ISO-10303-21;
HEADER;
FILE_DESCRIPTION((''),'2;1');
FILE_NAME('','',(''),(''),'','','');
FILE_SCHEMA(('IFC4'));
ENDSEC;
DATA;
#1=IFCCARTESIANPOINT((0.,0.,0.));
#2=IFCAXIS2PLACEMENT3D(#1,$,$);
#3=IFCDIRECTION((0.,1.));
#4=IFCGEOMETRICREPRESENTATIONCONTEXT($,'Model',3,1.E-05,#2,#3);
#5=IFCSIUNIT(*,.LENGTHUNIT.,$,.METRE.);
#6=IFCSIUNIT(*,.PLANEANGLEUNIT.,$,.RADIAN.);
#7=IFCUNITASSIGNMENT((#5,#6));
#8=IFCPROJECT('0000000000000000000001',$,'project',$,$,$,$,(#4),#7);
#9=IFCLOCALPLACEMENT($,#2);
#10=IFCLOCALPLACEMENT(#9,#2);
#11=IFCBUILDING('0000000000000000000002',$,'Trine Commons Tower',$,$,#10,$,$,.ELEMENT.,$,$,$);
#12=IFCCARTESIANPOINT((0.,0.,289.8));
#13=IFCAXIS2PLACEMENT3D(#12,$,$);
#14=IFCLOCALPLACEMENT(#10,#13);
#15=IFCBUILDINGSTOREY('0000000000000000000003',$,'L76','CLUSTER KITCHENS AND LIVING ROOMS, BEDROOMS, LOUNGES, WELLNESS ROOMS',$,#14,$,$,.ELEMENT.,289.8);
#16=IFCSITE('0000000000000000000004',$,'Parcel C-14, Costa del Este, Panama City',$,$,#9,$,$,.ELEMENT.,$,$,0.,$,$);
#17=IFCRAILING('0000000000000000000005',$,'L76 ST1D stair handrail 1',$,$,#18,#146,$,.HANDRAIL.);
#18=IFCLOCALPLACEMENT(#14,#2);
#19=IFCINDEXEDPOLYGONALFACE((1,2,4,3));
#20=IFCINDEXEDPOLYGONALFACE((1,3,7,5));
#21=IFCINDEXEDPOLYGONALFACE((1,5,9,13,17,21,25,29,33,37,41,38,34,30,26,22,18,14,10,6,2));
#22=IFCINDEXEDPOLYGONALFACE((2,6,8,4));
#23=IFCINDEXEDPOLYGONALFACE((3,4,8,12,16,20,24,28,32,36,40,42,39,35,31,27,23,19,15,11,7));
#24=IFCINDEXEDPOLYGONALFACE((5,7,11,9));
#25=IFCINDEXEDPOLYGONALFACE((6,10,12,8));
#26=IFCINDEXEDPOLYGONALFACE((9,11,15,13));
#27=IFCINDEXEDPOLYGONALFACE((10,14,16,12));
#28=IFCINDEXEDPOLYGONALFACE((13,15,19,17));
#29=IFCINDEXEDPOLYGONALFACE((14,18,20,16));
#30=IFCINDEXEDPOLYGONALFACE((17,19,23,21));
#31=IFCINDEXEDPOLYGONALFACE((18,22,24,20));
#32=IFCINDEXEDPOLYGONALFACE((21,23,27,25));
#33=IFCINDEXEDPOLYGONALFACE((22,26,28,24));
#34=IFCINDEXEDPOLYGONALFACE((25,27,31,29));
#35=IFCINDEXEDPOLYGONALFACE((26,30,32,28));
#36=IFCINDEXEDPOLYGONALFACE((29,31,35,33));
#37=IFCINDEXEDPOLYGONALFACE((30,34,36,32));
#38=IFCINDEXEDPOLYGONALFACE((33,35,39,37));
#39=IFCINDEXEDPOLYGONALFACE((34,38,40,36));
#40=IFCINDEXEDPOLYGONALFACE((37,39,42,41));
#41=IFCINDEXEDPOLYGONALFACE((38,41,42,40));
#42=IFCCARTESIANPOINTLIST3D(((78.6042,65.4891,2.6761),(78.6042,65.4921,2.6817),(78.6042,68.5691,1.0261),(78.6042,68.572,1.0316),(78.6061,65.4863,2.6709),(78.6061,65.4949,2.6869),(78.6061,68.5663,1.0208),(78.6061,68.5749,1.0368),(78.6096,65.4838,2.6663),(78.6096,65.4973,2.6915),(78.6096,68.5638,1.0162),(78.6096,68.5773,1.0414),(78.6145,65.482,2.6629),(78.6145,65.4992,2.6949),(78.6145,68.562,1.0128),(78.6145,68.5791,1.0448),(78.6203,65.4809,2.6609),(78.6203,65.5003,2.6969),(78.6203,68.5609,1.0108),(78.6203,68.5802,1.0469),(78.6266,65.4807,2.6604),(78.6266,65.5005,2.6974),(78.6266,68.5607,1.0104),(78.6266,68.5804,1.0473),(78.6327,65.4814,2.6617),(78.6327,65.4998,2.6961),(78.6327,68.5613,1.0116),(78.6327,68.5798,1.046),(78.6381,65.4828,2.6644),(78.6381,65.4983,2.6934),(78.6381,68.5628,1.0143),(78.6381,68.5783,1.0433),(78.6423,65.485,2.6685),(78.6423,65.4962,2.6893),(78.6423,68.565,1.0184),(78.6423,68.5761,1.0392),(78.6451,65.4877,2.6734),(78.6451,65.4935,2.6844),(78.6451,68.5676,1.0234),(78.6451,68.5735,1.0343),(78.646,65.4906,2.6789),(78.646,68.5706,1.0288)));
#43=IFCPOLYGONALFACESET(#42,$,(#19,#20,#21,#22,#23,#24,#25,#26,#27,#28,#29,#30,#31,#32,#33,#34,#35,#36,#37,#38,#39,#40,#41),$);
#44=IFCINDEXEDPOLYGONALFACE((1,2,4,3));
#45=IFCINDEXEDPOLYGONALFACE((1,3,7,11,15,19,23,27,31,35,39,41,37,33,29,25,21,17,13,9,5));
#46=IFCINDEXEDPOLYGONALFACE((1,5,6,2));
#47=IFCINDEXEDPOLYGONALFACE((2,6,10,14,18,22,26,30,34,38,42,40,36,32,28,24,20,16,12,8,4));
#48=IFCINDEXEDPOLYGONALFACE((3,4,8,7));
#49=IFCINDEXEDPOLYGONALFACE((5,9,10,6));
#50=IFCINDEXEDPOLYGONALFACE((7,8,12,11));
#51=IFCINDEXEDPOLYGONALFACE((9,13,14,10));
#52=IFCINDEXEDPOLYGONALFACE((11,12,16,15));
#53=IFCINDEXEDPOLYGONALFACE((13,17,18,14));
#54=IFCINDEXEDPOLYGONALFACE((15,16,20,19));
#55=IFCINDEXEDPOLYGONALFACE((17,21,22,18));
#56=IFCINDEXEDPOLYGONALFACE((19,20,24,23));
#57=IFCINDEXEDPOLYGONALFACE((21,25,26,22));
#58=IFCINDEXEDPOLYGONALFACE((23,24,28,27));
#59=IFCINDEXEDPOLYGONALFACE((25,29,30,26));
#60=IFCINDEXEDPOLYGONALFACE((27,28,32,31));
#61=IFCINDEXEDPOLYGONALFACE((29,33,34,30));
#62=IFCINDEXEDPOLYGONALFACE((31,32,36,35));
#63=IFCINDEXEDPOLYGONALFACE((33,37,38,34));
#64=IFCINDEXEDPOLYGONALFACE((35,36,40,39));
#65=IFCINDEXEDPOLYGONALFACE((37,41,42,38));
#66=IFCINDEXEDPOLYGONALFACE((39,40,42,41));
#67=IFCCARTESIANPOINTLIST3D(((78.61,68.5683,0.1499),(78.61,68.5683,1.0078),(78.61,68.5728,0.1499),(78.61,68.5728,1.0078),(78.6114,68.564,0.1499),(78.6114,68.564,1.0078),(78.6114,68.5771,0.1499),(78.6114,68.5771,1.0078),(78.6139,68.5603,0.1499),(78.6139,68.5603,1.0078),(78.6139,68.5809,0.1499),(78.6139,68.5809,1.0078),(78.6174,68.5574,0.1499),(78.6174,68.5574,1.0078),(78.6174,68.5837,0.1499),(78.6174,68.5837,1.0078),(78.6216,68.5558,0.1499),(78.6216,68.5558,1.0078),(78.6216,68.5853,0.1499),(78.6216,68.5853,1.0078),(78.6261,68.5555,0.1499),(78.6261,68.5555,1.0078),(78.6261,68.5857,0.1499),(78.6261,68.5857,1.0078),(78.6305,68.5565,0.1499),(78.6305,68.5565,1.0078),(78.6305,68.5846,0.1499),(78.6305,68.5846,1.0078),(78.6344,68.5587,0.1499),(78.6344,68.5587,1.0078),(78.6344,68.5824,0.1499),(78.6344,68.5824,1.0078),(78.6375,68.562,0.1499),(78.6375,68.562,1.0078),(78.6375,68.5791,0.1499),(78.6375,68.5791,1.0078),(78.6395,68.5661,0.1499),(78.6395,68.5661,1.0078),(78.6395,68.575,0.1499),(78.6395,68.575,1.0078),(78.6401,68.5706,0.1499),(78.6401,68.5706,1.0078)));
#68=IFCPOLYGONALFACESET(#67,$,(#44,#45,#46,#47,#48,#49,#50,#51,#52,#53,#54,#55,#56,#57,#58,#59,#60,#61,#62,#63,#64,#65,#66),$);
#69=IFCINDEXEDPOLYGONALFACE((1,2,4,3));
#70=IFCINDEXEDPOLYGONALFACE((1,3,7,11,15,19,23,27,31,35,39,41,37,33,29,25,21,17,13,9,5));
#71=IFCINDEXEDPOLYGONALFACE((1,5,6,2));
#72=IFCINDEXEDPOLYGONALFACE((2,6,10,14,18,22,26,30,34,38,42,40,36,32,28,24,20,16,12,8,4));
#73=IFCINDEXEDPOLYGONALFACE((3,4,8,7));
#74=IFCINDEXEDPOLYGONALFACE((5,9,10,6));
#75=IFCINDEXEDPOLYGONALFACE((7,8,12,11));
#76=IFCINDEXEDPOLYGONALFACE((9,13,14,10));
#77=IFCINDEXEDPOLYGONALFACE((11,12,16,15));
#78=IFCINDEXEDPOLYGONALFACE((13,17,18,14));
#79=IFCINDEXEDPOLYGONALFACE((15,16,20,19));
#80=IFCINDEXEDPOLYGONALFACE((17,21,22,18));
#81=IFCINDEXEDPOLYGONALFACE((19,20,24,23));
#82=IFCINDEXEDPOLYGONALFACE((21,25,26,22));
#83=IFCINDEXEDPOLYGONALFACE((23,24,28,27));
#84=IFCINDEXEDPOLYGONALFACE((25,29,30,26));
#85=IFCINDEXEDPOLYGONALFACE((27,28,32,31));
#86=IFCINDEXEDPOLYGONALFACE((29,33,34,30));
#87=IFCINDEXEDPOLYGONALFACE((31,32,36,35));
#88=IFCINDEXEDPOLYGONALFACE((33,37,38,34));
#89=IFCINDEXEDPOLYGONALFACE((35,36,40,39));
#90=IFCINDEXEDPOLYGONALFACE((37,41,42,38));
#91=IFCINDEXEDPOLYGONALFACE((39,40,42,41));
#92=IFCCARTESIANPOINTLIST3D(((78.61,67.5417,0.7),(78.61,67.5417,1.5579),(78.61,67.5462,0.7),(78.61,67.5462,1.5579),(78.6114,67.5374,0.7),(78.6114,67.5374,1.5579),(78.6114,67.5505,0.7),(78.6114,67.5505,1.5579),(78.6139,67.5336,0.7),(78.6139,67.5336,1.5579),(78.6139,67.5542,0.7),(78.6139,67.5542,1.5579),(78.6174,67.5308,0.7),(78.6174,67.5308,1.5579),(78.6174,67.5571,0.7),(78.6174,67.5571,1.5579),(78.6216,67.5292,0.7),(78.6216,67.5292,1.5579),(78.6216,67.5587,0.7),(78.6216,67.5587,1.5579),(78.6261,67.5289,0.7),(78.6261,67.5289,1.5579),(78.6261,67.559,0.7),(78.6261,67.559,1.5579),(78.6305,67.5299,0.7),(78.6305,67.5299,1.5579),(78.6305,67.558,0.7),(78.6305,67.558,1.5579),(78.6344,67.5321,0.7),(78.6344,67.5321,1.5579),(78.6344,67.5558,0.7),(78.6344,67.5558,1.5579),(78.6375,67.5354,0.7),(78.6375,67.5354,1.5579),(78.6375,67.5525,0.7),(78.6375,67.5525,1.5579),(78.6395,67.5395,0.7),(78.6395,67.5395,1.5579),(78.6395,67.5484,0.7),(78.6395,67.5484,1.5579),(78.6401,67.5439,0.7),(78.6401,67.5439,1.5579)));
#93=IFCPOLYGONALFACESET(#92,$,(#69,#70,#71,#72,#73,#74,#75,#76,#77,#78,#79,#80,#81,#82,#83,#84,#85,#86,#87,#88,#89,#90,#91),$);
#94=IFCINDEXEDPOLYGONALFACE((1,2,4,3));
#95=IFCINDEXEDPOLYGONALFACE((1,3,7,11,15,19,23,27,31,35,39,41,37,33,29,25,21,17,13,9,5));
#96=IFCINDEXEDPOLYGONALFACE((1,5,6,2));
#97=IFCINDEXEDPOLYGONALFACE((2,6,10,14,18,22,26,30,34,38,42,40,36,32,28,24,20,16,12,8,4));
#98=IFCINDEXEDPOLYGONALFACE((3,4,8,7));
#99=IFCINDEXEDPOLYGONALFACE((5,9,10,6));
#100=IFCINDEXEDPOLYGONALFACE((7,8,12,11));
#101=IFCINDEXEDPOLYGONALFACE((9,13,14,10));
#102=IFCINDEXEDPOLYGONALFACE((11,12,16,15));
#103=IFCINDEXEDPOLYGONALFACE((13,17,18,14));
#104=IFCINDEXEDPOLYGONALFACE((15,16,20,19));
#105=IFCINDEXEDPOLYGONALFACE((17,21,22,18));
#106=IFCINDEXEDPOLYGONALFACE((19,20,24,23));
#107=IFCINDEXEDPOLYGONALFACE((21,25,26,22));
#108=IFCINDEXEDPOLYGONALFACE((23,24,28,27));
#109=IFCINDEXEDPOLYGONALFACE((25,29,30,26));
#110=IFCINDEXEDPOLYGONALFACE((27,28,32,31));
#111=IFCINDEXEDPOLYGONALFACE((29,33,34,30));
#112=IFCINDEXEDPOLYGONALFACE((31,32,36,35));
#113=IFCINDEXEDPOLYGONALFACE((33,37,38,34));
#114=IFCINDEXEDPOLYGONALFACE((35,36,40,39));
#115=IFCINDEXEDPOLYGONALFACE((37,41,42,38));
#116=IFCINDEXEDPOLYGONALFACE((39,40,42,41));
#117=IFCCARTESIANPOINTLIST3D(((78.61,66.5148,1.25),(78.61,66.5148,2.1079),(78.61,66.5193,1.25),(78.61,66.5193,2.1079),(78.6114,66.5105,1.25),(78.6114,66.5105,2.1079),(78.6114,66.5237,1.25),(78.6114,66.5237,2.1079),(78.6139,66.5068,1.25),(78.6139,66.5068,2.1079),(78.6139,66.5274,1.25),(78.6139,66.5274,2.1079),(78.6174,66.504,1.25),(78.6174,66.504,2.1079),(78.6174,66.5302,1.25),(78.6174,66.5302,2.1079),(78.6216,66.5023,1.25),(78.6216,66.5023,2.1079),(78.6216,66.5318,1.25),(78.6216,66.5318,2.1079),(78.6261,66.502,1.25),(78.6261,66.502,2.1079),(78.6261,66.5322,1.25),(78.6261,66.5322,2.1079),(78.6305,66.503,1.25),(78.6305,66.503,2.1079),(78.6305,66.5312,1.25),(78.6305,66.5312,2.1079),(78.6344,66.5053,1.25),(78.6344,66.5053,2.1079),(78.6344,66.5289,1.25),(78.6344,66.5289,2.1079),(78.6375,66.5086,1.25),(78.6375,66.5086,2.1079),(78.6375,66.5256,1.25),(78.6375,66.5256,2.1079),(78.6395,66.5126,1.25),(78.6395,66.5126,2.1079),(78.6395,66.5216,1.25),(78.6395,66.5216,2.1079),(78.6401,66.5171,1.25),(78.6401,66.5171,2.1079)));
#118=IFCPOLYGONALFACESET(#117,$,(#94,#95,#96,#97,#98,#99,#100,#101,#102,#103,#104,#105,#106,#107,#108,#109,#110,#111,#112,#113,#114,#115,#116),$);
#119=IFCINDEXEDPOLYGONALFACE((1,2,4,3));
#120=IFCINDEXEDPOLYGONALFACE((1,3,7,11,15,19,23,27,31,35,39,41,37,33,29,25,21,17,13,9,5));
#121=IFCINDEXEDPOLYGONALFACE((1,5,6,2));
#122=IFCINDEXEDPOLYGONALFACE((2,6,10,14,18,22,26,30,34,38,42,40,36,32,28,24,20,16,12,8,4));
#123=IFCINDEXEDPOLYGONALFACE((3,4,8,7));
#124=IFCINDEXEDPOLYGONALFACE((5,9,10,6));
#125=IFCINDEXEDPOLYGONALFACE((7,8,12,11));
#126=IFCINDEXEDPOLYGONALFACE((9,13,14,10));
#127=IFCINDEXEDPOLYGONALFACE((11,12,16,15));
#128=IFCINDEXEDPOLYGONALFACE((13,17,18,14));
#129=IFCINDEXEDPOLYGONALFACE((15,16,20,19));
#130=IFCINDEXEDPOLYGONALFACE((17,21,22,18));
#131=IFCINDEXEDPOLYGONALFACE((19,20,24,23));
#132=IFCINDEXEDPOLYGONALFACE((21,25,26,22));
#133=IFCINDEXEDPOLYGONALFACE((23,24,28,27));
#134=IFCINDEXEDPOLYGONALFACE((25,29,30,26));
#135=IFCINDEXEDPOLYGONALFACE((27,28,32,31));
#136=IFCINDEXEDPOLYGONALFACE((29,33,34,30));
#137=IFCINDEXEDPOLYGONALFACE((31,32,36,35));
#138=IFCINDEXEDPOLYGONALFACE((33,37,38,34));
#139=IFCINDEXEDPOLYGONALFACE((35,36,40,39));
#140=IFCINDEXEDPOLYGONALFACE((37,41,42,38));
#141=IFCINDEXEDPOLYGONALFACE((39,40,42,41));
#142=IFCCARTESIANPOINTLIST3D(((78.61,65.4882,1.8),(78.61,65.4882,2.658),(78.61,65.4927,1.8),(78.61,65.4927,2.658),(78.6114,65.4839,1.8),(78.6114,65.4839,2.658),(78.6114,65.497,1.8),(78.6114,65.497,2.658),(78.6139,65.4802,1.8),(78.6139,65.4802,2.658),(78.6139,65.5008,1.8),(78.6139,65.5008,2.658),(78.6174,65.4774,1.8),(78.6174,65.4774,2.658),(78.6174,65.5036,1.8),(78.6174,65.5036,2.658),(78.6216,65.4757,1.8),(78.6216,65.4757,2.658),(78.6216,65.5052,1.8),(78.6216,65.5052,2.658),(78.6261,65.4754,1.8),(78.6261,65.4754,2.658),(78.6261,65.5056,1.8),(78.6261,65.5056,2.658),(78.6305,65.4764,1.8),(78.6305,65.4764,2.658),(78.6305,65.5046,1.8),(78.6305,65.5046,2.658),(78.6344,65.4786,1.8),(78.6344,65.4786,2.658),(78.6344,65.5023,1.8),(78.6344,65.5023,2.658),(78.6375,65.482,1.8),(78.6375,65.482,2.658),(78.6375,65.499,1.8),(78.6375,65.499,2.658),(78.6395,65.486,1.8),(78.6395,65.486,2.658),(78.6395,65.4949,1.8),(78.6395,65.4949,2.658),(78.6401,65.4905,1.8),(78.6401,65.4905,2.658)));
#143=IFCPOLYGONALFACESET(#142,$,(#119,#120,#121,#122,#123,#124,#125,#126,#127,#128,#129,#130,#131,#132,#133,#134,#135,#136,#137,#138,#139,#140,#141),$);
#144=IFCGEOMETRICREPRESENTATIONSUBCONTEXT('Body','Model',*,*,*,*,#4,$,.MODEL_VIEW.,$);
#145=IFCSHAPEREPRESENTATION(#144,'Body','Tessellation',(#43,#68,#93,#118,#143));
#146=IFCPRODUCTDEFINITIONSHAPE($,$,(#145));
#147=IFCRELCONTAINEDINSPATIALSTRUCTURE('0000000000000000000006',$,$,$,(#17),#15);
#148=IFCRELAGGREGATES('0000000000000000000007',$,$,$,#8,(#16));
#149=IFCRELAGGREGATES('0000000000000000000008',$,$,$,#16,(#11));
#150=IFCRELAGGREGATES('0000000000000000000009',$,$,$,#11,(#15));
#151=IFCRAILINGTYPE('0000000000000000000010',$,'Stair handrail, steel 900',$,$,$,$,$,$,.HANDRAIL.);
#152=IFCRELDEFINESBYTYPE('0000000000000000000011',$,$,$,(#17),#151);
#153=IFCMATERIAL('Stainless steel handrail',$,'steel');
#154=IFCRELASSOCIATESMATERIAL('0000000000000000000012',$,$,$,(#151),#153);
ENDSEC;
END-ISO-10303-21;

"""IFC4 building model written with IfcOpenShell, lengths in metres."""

from ifc_helpers import new_model, si_unit, direction, frame, origin, origin_2d, place, context, subcontext, project, spatial, circle, extrude, material, type_object, element, save


model = new_model("IFC4")

# Units and contexts
model_context = context("Model", 3, precision=1e-05, world=origin(), true_north=direction((0.0, 1.0)))
body_context = subcontext(model_context, "Body", "Model", "MODEL_VIEW")
ifc_project = project(units=[si_unit("LENGTHUNIT", "METRE"), si_unit("PLANEANGLEUNIT", "RADIAN")], contexts=[model_context])

# Site, building, storey
site_placement = place(None, origin())
site = spatial("IfcSite", under=ifc_project, at=site_placement, Name="Parcel C-14, Costa del Este, Panama City", CompositionType="ELEMENT", RefElevation=0.0)
building_placement = place(site_placement, origin())
building = spatial("IfcBuilding", under=site, at=building_placement, Name="Trine Commons Tower", CompositionType="ELEMENT")
storey_placement = place(building_placement, frame((0.0, 0.0, 289.8)))
storey = spatial("IfcBuildingStorey", under=building, at=storey_placement, Name="L76", Description="CLUSTER KITCHENS AND LIVING ROOMS, BEDROOMS, LOUNGES, WELLNESS ROOMS", CompositionType="ELEMENT", Elevation=289.8)

# Railing
ifc_material_1 = material(Name="Stainless steel handrail", Category="steel")
railing_type = type_object("IfcRailingType", Name="Stair handrail, steel 900", PredefinedType="HANDRAIL", material=ifc_material_1)
railing_placement = place(storey_placement, frame((78.625, 68.5706, 0.1499)))
element("IfcRailing", 1, at=railing_placement, inside=storey, type_object=railing_type, Name="L76 ST1D stair handrail 1", PredefinedType="HANDRAIL", context=body_context, shape_type="SweptSolid", body=[
    extrude(circle(Radius=0.021, at=origin_2d()), frame((0.0, 0.0, 0.8789), z_axis=(0.0, -0.881468, 0.472245), x_axis=(1.0, 0.0, 0.0)), (0.0, 0.0, 1.0), 3.4941),
    extrude(circle(Radius=0.0151, at=origin_2d()), origin(), (0.0, 0.0, 1.0), 0.8579),
    extrude(circle(Radius=0.0151, at=origin_2d()), frame((0.0, -1.0266, 0.55)), (0.0, 0.0, 1.0), 0.8579),
    extrude(circle(Radius=0.0151, at=origin_2d()), frame((0.0, -2.0535, 1.1001)), (0.0, 0.0, 1.0), 0.8579),
    extrude(circle(Radius=0.0151, at=origin_2d()), frame((0.0, -3.0801, 1.6501)), (0.0, 0.0, 1.0), 0.8579),
])

save(model, "model.ifc")
